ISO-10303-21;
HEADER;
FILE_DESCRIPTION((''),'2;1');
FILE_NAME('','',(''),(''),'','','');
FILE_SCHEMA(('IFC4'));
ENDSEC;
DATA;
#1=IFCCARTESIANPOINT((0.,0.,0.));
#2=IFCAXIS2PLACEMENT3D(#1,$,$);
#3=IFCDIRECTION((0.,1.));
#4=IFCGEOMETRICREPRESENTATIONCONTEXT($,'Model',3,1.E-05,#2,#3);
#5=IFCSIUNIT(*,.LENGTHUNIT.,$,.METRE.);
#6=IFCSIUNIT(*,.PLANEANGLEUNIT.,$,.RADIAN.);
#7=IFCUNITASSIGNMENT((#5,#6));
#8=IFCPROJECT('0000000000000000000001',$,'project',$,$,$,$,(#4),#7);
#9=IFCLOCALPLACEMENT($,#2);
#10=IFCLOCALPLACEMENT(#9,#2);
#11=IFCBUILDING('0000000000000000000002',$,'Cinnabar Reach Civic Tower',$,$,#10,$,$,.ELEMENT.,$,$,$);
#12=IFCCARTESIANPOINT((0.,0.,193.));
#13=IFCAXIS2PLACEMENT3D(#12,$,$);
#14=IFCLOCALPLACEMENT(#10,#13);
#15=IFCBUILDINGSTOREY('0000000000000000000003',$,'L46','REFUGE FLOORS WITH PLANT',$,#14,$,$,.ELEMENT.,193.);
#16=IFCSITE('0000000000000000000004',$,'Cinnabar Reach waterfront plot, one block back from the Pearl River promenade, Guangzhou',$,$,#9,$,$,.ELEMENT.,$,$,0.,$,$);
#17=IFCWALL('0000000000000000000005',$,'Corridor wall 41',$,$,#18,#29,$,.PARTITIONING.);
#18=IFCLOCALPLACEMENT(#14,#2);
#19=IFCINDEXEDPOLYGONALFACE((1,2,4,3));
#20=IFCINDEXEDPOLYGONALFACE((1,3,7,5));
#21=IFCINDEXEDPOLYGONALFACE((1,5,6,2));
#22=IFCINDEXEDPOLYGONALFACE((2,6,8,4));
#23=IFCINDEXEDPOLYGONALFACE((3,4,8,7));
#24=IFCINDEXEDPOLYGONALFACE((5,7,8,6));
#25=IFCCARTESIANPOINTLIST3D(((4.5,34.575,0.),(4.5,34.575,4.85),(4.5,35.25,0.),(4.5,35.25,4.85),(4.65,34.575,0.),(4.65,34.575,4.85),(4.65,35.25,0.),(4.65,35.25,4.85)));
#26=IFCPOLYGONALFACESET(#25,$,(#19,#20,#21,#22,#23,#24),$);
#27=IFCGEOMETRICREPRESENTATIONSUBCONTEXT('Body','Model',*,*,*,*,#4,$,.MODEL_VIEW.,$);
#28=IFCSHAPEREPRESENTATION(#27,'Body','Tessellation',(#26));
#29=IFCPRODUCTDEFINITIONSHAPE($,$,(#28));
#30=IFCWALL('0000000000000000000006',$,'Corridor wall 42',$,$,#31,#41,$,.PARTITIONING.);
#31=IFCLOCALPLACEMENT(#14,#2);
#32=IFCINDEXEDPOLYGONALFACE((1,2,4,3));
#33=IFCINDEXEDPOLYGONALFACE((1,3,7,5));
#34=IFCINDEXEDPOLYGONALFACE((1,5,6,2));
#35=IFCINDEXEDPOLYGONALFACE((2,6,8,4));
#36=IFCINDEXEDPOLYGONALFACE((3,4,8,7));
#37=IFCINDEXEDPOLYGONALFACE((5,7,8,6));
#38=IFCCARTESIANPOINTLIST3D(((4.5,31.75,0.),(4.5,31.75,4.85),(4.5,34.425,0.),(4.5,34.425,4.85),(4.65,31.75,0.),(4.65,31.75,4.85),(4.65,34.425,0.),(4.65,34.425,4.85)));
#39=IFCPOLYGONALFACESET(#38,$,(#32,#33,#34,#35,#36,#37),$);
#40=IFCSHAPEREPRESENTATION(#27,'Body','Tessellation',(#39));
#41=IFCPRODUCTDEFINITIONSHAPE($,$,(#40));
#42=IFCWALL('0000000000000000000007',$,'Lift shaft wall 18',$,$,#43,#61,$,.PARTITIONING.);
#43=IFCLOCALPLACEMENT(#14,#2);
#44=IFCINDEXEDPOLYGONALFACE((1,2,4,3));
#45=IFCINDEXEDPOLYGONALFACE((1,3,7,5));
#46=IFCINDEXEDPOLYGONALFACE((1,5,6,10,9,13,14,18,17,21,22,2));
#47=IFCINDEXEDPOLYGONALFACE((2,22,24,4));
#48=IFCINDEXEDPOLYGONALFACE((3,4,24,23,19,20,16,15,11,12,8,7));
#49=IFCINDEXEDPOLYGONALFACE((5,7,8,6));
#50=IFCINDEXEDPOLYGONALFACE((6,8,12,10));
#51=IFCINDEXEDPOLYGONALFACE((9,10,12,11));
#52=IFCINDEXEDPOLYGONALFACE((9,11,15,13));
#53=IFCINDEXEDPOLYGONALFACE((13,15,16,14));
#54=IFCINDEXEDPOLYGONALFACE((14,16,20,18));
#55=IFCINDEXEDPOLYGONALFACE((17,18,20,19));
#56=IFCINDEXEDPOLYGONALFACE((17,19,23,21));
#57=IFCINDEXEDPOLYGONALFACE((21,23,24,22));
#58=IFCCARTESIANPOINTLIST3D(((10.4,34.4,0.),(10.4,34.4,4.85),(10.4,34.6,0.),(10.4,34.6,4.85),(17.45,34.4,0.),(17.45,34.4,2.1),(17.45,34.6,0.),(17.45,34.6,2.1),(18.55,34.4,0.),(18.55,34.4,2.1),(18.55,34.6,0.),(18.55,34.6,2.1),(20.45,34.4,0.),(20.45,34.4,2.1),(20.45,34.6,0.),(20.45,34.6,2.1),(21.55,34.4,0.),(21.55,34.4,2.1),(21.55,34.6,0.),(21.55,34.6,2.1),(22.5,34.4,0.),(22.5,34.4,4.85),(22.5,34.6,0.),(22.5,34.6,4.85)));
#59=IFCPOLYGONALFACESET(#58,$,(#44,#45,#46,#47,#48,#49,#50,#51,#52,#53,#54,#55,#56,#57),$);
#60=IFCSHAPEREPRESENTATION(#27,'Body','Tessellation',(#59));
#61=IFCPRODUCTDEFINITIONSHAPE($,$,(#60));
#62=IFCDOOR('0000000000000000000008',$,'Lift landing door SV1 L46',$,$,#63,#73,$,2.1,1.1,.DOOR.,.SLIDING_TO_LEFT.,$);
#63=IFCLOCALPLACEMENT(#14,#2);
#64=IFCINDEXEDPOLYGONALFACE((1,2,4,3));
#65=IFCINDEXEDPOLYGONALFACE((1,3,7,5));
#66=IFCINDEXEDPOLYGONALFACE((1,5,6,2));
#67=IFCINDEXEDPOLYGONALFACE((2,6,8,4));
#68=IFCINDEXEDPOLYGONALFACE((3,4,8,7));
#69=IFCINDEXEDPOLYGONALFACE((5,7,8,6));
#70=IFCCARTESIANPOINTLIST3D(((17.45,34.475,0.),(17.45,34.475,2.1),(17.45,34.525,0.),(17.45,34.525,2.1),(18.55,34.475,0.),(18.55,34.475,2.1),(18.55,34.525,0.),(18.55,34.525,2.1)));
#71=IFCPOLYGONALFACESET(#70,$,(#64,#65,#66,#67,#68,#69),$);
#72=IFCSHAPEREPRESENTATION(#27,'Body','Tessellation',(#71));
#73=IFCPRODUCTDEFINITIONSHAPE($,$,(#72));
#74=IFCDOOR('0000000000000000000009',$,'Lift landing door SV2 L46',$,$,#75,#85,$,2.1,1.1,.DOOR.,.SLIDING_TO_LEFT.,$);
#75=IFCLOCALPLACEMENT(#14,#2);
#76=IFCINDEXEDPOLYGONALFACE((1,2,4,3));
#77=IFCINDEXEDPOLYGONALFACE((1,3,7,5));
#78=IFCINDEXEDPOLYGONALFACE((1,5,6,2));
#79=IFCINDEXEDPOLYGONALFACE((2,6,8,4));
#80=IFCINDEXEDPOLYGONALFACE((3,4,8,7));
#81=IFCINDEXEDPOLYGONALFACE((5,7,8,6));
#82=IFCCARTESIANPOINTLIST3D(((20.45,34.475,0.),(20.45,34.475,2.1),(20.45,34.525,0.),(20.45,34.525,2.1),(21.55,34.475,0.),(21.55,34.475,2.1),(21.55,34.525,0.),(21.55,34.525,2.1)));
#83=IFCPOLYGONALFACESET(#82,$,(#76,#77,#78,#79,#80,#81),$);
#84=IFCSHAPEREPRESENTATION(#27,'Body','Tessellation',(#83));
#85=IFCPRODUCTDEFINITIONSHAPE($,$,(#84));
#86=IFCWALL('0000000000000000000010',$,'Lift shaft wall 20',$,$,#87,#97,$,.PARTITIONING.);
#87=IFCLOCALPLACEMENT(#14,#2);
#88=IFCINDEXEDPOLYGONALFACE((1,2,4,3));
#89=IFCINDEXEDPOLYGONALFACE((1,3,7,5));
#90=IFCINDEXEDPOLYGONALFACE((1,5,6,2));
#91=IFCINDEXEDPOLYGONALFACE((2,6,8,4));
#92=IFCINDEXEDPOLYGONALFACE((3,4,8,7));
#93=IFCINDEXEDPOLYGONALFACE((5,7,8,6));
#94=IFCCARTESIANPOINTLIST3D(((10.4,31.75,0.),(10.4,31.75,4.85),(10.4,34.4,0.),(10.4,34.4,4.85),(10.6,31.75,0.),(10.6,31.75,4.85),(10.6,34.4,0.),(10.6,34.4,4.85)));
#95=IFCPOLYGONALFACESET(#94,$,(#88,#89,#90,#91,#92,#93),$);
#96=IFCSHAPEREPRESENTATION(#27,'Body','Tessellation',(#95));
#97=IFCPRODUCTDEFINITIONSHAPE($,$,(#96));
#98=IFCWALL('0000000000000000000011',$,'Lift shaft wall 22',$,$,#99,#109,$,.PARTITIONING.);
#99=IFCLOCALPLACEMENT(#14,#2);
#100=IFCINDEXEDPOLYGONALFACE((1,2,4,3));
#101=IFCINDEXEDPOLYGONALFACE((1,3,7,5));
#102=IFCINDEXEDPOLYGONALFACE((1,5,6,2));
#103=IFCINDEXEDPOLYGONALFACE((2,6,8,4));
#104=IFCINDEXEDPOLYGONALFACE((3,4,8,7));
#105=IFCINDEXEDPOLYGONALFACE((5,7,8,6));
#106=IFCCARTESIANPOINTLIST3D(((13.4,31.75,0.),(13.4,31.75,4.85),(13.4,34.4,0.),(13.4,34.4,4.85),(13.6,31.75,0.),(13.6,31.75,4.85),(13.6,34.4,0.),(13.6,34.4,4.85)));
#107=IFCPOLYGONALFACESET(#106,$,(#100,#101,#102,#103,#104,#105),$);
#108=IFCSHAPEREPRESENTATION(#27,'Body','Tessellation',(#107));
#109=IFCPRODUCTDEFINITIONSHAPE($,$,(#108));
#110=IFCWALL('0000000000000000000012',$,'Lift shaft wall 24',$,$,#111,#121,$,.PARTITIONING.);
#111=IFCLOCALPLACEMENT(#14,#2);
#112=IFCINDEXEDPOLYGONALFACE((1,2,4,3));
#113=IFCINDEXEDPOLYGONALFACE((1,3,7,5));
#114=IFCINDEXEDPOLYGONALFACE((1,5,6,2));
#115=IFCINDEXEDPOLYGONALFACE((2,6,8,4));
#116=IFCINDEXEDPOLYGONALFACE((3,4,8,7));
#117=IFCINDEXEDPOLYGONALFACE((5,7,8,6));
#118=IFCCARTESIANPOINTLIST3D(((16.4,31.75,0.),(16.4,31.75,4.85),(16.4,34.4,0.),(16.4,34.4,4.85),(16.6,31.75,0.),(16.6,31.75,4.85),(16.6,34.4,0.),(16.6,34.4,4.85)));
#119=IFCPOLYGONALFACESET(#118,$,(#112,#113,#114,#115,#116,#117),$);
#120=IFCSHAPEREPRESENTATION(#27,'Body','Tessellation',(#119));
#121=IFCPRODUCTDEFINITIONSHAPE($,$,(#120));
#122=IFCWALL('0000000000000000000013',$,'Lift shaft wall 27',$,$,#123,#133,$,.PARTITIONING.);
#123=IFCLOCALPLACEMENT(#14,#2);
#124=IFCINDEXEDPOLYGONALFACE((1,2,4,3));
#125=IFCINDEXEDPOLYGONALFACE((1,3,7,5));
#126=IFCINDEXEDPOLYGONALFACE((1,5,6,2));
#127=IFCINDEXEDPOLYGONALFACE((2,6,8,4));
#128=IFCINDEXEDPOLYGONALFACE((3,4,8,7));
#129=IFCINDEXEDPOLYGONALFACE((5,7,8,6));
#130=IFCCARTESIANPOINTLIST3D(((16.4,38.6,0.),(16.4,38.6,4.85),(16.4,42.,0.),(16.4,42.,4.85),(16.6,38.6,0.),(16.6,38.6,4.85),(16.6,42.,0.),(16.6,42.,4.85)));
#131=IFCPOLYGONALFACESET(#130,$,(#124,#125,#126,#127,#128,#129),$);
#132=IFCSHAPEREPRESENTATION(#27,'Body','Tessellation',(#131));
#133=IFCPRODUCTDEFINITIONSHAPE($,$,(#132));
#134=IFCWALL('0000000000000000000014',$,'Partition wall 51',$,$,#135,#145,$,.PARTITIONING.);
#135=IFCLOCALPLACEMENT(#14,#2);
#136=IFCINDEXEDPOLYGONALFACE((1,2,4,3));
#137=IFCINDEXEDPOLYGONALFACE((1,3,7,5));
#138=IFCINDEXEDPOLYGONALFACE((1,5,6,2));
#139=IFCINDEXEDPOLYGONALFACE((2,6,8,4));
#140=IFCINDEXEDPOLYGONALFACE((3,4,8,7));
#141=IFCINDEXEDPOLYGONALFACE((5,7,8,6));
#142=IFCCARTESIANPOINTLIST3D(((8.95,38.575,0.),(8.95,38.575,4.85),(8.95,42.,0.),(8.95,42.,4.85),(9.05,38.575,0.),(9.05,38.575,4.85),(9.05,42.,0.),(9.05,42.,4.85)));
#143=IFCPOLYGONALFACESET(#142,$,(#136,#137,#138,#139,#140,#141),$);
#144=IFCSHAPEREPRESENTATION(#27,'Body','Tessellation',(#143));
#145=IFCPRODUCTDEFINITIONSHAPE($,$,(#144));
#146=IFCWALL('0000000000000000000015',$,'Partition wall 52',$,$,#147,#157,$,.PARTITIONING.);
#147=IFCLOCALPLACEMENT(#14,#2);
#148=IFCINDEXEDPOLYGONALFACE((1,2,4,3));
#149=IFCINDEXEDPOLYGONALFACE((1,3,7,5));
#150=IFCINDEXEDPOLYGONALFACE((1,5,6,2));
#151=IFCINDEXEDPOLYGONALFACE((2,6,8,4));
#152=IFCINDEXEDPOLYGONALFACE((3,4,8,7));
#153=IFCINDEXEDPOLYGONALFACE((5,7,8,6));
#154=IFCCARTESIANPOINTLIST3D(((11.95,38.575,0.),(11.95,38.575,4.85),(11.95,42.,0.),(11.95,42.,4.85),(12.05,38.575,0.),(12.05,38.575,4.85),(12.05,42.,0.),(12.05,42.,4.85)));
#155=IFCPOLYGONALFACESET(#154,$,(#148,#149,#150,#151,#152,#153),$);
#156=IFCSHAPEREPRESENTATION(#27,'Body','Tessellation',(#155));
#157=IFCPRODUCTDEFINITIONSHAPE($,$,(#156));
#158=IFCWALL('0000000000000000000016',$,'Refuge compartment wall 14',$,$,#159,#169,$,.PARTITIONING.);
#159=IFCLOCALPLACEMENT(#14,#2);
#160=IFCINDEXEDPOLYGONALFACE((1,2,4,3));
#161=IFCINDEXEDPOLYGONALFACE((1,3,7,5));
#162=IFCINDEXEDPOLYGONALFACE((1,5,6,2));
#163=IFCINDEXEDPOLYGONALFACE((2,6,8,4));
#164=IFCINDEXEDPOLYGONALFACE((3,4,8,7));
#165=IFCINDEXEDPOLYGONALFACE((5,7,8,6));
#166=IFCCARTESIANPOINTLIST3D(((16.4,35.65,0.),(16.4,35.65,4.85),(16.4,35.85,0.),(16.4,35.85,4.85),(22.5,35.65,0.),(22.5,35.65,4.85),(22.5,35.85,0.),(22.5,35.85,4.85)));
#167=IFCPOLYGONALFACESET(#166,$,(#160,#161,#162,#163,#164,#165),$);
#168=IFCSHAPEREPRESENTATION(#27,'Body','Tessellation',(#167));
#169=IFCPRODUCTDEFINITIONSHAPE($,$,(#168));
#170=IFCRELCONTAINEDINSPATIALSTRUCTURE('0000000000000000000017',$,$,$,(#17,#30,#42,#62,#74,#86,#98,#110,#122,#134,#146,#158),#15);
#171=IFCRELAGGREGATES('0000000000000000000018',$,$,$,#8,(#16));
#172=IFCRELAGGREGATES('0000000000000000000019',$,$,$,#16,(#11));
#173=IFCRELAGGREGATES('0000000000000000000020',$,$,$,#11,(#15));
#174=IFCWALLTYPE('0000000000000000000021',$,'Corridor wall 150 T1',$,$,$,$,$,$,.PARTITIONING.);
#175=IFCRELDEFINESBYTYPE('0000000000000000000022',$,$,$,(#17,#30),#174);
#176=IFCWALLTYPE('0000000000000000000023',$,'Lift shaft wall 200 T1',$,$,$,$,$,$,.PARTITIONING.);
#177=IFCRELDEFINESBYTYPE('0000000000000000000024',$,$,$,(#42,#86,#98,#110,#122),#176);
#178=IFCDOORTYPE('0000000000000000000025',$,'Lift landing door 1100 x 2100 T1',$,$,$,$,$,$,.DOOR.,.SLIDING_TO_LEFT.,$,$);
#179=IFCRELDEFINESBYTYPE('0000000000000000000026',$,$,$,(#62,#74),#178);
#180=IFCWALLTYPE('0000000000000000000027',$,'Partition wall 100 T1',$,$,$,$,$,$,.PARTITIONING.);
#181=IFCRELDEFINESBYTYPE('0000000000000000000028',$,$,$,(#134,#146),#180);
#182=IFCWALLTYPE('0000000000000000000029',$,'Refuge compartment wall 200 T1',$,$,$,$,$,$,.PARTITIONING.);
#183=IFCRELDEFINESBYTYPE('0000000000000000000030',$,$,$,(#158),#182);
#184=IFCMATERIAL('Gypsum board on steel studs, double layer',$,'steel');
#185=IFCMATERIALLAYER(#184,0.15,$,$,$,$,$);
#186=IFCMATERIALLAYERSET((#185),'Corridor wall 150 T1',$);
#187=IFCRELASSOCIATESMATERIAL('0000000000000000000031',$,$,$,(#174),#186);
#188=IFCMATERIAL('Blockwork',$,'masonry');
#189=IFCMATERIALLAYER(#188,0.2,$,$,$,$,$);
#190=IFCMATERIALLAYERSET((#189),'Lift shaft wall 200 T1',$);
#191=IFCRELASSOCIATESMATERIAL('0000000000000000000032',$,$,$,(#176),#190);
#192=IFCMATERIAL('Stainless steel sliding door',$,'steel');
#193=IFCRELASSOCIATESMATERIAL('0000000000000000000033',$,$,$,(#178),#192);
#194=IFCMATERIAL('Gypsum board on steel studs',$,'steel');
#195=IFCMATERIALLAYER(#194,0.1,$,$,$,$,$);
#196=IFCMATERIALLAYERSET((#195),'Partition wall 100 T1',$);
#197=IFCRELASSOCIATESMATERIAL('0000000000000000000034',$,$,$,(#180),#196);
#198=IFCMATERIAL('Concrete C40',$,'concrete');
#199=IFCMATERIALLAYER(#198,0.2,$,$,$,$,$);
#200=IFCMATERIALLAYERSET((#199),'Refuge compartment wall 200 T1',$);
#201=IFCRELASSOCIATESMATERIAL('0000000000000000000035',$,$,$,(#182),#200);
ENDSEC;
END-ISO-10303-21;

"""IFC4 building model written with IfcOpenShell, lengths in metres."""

from ifc_helpers import new_model, si_unit, direction, frame, frame_2d, origin, place, context, subcontext, project, spatial, rectangle, extrude, material, layer, layer_set, type_object, element, fill, save


model = new_model("IFC4")

# Units and contexts
model_context = context("Model", 3, precision=1e-05, world=origin(), true_north=direction((0.0, 1.0)))
body_context = subcontext(model_context, "Body", "Model", "MODEL_VIEW")
ifc_project = project(units=[si_unit("LENGTHUNIT", "METRE"), si_unit("PLANEANGLEUNIT", "RADIAN")], contexts=[model_context])

# Site, building, storey
site_placement = place(None, origin())
site = spatial("IfcSite", under=ifc_project, at=site_placement, Name="Cinnabar Reach waterfront plot, one block back from the Pearl River promenade, Guangzhou", CompositionType="ELEMENT", RefElevation=0.0)
building_placement = place(site_placement, origin())
building = spatial("IfcBuilding", under=site, at=building_placement, Name="Cinnabar Reach Civic Tower", CompositionType="ELEMENT")
storey_placement = place(building_placement, frame((0.0, 0.0, 193.0)))
storey = spatial("IfcBuildingStorey", under=building, at=storey_placement, Name="L46", Description="REFUGE FLOORS WITH PLANT", CompositionType="ELEMENT", Elevation=193.0)

# Walls
ifc_material_1 = material(Name="Gypsum board on steel studs, double layer", Category="steel")
ifc_layer_1 = layer(ifc_material_1, 0.15)
ifc_layer_set_1 = layer_set([ifc_layer_1], Name="Corridor wall 150 T1")
wall_type_1 = type_object("IfcWallType", Name="Corridor wall 150 T1", PredefinedType="PARTITIONING", material=ifc_layer_set_1)
wall_1_placement = place(storey_placement, frame((4.575, 34.575, 0.0), z_axis=(0.0, 0.0, 1.0), x_axis=(0.0, 1.0, 0.0)))
element("IfcWall", 1, at=wall_1_placement, inside=storey, type_object=wall_type_1, Name="Corridor wall 41", PredefinedType="PARTITIONING", context=body_context, shape_type="SweptSolid", body=[
    extrude(rectangle(XDim=0.675, YDim=0.15, at=frame_2d((0.3375, 0.0))), origin(), (0.0, 0.0, 1.0), 4.85),
])
wall_2_placement = place(storey_placement, frame((4.575, 31.75, 0.0), z_axis=(0.0, 0.0, 1.0), x_axis=(0.0, 1.0, 0.0)))
element("IfcWall", 2, at=wall_2_placement, inside=storey, type_object=wall_type_1, Name="Corridor wall 42", PredefinedType="PARTITIONING", context=body_context, shape_type="SweptSolid", body=[
    extrude(rectangle(XDim=2.675, YDim=0.15, at=frame_2d((1.3375, 0.0))), origin(), (0.0, 0.0, 1.0), 4.85),
])

# Wall, openings, doors
ifc_material_2 = material(Name="Blockwork", Category="masonry")
ifc_layer_2 = layer(ifc_material_2, 0.2)
ifc_layer_set_2 = layer_set([ifc_layer_2], Name="Lift shaft wall 200 T1")
wall_type_2 = type_object("IfcWallType", Name="Lift shaft wall 200 T1", PredefinedType="PARTITIONING", material=ifc_layer_set_2)
wall_3_placement = place(storey_placement, frame((10.4, 34.5, 0.0), z_axis=(0.0, 0.0, 1.0), x_axis=(1.0, 0.0, 0.0)))
wall_3 = element("IfcWall", 3, at=wall_3_placement, inside=storey, type_object=wall_type_2, Name="Lift shaft wall 18", PredefinedType="PARTITIONING", context=body_context, shape_type="SweptSolid", body=[
    extrude(rectangle(XDim=12.1, YDim=0.2, at=frame_2d((6.05, 0.0))), origin(), (0.0, 0.0, 1.0), 4.85),
])
opening_1_placement = place(wall_3_placement, frame((7.05, 0.0, 0.0)))
opening_1 = element("IfcOpeningElement", 4, at=opening_1_placement, cuts=wall_3, PredefinedType="OPENING", context=body_context, shape_type="SweptSolid", body=[
    extrude(rectangle(XDim=1.1, YDim=2.1, at=frame_2d((0.55, 1.05))), frame((0.0, 0.11, 0.0), z_axis=(0.0, -1.0, 0.0), x_axis=(1.0, 0.0, 0.0)), (0.0, 0.0, 1.0), 0.22),
])
opening_2_placement = place(wall_3_placement, frame((10.05, 0.0, 0.0)))
opening_2 = element("IfcOpeningElement", 5, at=opening_2_placement, cuts=wall_3, PredefinedType="OPENING", context=body_context, shape_type="SweptSolid", body=[
    extrude(rectangle(XDim=1.1, YDim=2.1, at=frame_2d((0.55, 1.05))), frame((0.0, 0.11, 0.0), z_axis=(0.0, -1.0, 0.0), x_axis=(1.0, 0.0, 0.0)), (0.0, 0.0, 1.0), 0.22),
])
ifc_material_3 = material(Name="Stainless steel sliding door", Category="steel")
door_type_1 = type_object("IfcDoorType", Name="Lift landing door 1100 x 2100 T1", OperationType="SLIDING_TO_LEFT", PredefinedType="DOOR", material=ifc_material_3)
door_1_placement = place(opening_1_placement, origin())
door_1 = element("IfcDoor", 6, at=door_1_placement, inside=storey, type_object=door_type_1, Name="Lift landing door SV1 L46", OperationType="SLIDING_TO_LEFT", OverallHeight=2.1, OverallWidth=1.1, PredefinedType="DOOR", context=body_context, shape_type="SweptSolid", body=[
    extrude(rectangle(XDim=1.1, YDim=2.1, at=frame_2d((0.55, 1.05))), frame((0.0, 0.025, 0.0), z_axis=(0.0, -1.0, 0.0), x_axis=(1.0, 0.0, 0.0)), (0.0, 0.0, 1.0), 0.05),
])
fill(opening_1, door_1)
door_2_placement = place(opening_2_placement, origin())
door_2 = element("IfcDoor", 7, at=door_2_placement, inside=storey, type_object=door_type_1, Name="Lift landing door SV2 L46", OperationType="SLIDING_TO_LEFT", OverallHeight=2.1, OverallWidth=1.1, PredefinedType="DOOR", context=body_context, shape_type="SweptSolid", body=[
    extrude(rectangle(XDim=1.1, YDim=2.1, at=frame_2d((0.55, 1.05))), frame((0.0, 0.025, 0.0), z_axis=(0.0, -1.0, 0.0), x_axis=(1.0, 0.0, 0.0)), (0.0, 0.0, 1.0), 0.05),
])
fill(opening_2, door_2)

# Walls
for number, where, z_axis, x_axis, name in (
    (8, (10.5, 31.75, 0.0), (0.0, 0.0, 1.0), (0.0, 1.0, 0.0), "Lift shaft wall 20"),
    (9, (13.5, 31.75, 0.0), (0.0, 0.0, 1.0), (0.0, 1.0, 0.0), "Lift shaft wall 22"),
    (10, (16.5, 31.75, 0.0), (0.0, 0.0, 1.0), (0.0, 1.0, 0.0), "Lift shaft wall 24"),
):
    element("IfcWall", number, at=place(storey_placement, frame(where, z_axis=z_axis, x_axis=x_axis)), inside=storey, type_object=wall_type_2, Name=name, PredefinedType="PARTITIONING", context=body_context, shape_type="SweptSolid", body=[
        extrude(rectangle(XDim=2.65, YDim=0.2, at=frame_2d((1.325, 0.0))), origin(), (0.0, 0.0, 1.0), 4.85),
    ])
wall_4_placement = place(storey_placement, frame((16.5, 38.6, 0.0), z_axis=(0.0, 0.0, 1.0), x_axis=(0.0, 1.0, 0.0)))
element("IfcWall", 11, at=wall_4_placement, inside=storey, type_object=wall_type_2, Name="Lift shaft wall 27", PredefinedType="PARTITIONING", context=body_context, shape_type="SweptSolid", body=[
    extrude(rectangle(XDim=3.4, YDim=0.2, at=frame_2d((1.7, 0.0))), origin(), (0.0, 0.0, 1.0), 4.85),
])
ifc_material_4 = material(Name="Gypsum board on steel studs", Category="steel")
ifc_layer_3 = layer(ifc_material_4, 0.1)
ifc_layer_set_3 = layer_set([ifc_layer_3], Name="Partition wall 100 T1")
wall_type_3 = type_object("IfcWallType", Name="Partition wall 100 T1", PredefinedType="PARTITIONING", material=ifc_layer_set_3)
for number, where, z_axis, x_axis, name in (
    (12, (9.0, 38.575, 0.0), (0.0, 0.0, 1.0), (0.0, 1.0, 0.0), "Partition wall 51"),
    (13, (12.0, 38.575, 0.0), (0.0, 0.0, 1.0), (0.0, 1.0, 0.0), "Partition wall 52"),
):
    element("IfcWall", number, at=place(storey_placement, frame(where, z_axis=z_axis, x_axis=x_axis)), inside=storey, type_object=wall_type_3, Name=name, PredefinedType="PARTITIONING", context=body_context, shape_type="SweptSolid", body=[
        extrude(rectangle(XDim=3.425, YDim=0.1, at=frame_2d((1.7125, 0.0))), origin(), (0.0, 0.0, 1.0), 4.85),
    ])
ifc_material_5 = material(Name="Concrete C40", Category="concrete")
ifc_layer_4 = layer(ifc_material_5, 0.2)
ifc_layer_set_4 = layer_set([ifc_layer_4], Name="Refuge compartment wall 200 T1")
wall_type_4 = type_object("IfcWallType", Name="Refuge compartment wall 200 T1", PredefinedType="PARTITIONING", material=ifc_layer_set_4)
wall_5_placement = place(storey_placement, frame((16.4, 35.75, 0.0), z_axis=(0.0, 0.0, 1.0), x_axis=(1.0, 0.0, 0.0)))
element("IfcWall", 14, at=wall_5_placement, inside=storey, type_object=wall_type_4, Name="Refuge compartment wall 14", PredefinedType="PARTITIONING", context=body_context, shape_type="SweptSolid", body=[
    extrude(rectangle(XDim=6.1, YDim=0.2, at=frame_2d((3.05, 0.0))), origin(), (0.0, 0.0, 1.0), 4.85),
])

save(model, "model.ifc")
